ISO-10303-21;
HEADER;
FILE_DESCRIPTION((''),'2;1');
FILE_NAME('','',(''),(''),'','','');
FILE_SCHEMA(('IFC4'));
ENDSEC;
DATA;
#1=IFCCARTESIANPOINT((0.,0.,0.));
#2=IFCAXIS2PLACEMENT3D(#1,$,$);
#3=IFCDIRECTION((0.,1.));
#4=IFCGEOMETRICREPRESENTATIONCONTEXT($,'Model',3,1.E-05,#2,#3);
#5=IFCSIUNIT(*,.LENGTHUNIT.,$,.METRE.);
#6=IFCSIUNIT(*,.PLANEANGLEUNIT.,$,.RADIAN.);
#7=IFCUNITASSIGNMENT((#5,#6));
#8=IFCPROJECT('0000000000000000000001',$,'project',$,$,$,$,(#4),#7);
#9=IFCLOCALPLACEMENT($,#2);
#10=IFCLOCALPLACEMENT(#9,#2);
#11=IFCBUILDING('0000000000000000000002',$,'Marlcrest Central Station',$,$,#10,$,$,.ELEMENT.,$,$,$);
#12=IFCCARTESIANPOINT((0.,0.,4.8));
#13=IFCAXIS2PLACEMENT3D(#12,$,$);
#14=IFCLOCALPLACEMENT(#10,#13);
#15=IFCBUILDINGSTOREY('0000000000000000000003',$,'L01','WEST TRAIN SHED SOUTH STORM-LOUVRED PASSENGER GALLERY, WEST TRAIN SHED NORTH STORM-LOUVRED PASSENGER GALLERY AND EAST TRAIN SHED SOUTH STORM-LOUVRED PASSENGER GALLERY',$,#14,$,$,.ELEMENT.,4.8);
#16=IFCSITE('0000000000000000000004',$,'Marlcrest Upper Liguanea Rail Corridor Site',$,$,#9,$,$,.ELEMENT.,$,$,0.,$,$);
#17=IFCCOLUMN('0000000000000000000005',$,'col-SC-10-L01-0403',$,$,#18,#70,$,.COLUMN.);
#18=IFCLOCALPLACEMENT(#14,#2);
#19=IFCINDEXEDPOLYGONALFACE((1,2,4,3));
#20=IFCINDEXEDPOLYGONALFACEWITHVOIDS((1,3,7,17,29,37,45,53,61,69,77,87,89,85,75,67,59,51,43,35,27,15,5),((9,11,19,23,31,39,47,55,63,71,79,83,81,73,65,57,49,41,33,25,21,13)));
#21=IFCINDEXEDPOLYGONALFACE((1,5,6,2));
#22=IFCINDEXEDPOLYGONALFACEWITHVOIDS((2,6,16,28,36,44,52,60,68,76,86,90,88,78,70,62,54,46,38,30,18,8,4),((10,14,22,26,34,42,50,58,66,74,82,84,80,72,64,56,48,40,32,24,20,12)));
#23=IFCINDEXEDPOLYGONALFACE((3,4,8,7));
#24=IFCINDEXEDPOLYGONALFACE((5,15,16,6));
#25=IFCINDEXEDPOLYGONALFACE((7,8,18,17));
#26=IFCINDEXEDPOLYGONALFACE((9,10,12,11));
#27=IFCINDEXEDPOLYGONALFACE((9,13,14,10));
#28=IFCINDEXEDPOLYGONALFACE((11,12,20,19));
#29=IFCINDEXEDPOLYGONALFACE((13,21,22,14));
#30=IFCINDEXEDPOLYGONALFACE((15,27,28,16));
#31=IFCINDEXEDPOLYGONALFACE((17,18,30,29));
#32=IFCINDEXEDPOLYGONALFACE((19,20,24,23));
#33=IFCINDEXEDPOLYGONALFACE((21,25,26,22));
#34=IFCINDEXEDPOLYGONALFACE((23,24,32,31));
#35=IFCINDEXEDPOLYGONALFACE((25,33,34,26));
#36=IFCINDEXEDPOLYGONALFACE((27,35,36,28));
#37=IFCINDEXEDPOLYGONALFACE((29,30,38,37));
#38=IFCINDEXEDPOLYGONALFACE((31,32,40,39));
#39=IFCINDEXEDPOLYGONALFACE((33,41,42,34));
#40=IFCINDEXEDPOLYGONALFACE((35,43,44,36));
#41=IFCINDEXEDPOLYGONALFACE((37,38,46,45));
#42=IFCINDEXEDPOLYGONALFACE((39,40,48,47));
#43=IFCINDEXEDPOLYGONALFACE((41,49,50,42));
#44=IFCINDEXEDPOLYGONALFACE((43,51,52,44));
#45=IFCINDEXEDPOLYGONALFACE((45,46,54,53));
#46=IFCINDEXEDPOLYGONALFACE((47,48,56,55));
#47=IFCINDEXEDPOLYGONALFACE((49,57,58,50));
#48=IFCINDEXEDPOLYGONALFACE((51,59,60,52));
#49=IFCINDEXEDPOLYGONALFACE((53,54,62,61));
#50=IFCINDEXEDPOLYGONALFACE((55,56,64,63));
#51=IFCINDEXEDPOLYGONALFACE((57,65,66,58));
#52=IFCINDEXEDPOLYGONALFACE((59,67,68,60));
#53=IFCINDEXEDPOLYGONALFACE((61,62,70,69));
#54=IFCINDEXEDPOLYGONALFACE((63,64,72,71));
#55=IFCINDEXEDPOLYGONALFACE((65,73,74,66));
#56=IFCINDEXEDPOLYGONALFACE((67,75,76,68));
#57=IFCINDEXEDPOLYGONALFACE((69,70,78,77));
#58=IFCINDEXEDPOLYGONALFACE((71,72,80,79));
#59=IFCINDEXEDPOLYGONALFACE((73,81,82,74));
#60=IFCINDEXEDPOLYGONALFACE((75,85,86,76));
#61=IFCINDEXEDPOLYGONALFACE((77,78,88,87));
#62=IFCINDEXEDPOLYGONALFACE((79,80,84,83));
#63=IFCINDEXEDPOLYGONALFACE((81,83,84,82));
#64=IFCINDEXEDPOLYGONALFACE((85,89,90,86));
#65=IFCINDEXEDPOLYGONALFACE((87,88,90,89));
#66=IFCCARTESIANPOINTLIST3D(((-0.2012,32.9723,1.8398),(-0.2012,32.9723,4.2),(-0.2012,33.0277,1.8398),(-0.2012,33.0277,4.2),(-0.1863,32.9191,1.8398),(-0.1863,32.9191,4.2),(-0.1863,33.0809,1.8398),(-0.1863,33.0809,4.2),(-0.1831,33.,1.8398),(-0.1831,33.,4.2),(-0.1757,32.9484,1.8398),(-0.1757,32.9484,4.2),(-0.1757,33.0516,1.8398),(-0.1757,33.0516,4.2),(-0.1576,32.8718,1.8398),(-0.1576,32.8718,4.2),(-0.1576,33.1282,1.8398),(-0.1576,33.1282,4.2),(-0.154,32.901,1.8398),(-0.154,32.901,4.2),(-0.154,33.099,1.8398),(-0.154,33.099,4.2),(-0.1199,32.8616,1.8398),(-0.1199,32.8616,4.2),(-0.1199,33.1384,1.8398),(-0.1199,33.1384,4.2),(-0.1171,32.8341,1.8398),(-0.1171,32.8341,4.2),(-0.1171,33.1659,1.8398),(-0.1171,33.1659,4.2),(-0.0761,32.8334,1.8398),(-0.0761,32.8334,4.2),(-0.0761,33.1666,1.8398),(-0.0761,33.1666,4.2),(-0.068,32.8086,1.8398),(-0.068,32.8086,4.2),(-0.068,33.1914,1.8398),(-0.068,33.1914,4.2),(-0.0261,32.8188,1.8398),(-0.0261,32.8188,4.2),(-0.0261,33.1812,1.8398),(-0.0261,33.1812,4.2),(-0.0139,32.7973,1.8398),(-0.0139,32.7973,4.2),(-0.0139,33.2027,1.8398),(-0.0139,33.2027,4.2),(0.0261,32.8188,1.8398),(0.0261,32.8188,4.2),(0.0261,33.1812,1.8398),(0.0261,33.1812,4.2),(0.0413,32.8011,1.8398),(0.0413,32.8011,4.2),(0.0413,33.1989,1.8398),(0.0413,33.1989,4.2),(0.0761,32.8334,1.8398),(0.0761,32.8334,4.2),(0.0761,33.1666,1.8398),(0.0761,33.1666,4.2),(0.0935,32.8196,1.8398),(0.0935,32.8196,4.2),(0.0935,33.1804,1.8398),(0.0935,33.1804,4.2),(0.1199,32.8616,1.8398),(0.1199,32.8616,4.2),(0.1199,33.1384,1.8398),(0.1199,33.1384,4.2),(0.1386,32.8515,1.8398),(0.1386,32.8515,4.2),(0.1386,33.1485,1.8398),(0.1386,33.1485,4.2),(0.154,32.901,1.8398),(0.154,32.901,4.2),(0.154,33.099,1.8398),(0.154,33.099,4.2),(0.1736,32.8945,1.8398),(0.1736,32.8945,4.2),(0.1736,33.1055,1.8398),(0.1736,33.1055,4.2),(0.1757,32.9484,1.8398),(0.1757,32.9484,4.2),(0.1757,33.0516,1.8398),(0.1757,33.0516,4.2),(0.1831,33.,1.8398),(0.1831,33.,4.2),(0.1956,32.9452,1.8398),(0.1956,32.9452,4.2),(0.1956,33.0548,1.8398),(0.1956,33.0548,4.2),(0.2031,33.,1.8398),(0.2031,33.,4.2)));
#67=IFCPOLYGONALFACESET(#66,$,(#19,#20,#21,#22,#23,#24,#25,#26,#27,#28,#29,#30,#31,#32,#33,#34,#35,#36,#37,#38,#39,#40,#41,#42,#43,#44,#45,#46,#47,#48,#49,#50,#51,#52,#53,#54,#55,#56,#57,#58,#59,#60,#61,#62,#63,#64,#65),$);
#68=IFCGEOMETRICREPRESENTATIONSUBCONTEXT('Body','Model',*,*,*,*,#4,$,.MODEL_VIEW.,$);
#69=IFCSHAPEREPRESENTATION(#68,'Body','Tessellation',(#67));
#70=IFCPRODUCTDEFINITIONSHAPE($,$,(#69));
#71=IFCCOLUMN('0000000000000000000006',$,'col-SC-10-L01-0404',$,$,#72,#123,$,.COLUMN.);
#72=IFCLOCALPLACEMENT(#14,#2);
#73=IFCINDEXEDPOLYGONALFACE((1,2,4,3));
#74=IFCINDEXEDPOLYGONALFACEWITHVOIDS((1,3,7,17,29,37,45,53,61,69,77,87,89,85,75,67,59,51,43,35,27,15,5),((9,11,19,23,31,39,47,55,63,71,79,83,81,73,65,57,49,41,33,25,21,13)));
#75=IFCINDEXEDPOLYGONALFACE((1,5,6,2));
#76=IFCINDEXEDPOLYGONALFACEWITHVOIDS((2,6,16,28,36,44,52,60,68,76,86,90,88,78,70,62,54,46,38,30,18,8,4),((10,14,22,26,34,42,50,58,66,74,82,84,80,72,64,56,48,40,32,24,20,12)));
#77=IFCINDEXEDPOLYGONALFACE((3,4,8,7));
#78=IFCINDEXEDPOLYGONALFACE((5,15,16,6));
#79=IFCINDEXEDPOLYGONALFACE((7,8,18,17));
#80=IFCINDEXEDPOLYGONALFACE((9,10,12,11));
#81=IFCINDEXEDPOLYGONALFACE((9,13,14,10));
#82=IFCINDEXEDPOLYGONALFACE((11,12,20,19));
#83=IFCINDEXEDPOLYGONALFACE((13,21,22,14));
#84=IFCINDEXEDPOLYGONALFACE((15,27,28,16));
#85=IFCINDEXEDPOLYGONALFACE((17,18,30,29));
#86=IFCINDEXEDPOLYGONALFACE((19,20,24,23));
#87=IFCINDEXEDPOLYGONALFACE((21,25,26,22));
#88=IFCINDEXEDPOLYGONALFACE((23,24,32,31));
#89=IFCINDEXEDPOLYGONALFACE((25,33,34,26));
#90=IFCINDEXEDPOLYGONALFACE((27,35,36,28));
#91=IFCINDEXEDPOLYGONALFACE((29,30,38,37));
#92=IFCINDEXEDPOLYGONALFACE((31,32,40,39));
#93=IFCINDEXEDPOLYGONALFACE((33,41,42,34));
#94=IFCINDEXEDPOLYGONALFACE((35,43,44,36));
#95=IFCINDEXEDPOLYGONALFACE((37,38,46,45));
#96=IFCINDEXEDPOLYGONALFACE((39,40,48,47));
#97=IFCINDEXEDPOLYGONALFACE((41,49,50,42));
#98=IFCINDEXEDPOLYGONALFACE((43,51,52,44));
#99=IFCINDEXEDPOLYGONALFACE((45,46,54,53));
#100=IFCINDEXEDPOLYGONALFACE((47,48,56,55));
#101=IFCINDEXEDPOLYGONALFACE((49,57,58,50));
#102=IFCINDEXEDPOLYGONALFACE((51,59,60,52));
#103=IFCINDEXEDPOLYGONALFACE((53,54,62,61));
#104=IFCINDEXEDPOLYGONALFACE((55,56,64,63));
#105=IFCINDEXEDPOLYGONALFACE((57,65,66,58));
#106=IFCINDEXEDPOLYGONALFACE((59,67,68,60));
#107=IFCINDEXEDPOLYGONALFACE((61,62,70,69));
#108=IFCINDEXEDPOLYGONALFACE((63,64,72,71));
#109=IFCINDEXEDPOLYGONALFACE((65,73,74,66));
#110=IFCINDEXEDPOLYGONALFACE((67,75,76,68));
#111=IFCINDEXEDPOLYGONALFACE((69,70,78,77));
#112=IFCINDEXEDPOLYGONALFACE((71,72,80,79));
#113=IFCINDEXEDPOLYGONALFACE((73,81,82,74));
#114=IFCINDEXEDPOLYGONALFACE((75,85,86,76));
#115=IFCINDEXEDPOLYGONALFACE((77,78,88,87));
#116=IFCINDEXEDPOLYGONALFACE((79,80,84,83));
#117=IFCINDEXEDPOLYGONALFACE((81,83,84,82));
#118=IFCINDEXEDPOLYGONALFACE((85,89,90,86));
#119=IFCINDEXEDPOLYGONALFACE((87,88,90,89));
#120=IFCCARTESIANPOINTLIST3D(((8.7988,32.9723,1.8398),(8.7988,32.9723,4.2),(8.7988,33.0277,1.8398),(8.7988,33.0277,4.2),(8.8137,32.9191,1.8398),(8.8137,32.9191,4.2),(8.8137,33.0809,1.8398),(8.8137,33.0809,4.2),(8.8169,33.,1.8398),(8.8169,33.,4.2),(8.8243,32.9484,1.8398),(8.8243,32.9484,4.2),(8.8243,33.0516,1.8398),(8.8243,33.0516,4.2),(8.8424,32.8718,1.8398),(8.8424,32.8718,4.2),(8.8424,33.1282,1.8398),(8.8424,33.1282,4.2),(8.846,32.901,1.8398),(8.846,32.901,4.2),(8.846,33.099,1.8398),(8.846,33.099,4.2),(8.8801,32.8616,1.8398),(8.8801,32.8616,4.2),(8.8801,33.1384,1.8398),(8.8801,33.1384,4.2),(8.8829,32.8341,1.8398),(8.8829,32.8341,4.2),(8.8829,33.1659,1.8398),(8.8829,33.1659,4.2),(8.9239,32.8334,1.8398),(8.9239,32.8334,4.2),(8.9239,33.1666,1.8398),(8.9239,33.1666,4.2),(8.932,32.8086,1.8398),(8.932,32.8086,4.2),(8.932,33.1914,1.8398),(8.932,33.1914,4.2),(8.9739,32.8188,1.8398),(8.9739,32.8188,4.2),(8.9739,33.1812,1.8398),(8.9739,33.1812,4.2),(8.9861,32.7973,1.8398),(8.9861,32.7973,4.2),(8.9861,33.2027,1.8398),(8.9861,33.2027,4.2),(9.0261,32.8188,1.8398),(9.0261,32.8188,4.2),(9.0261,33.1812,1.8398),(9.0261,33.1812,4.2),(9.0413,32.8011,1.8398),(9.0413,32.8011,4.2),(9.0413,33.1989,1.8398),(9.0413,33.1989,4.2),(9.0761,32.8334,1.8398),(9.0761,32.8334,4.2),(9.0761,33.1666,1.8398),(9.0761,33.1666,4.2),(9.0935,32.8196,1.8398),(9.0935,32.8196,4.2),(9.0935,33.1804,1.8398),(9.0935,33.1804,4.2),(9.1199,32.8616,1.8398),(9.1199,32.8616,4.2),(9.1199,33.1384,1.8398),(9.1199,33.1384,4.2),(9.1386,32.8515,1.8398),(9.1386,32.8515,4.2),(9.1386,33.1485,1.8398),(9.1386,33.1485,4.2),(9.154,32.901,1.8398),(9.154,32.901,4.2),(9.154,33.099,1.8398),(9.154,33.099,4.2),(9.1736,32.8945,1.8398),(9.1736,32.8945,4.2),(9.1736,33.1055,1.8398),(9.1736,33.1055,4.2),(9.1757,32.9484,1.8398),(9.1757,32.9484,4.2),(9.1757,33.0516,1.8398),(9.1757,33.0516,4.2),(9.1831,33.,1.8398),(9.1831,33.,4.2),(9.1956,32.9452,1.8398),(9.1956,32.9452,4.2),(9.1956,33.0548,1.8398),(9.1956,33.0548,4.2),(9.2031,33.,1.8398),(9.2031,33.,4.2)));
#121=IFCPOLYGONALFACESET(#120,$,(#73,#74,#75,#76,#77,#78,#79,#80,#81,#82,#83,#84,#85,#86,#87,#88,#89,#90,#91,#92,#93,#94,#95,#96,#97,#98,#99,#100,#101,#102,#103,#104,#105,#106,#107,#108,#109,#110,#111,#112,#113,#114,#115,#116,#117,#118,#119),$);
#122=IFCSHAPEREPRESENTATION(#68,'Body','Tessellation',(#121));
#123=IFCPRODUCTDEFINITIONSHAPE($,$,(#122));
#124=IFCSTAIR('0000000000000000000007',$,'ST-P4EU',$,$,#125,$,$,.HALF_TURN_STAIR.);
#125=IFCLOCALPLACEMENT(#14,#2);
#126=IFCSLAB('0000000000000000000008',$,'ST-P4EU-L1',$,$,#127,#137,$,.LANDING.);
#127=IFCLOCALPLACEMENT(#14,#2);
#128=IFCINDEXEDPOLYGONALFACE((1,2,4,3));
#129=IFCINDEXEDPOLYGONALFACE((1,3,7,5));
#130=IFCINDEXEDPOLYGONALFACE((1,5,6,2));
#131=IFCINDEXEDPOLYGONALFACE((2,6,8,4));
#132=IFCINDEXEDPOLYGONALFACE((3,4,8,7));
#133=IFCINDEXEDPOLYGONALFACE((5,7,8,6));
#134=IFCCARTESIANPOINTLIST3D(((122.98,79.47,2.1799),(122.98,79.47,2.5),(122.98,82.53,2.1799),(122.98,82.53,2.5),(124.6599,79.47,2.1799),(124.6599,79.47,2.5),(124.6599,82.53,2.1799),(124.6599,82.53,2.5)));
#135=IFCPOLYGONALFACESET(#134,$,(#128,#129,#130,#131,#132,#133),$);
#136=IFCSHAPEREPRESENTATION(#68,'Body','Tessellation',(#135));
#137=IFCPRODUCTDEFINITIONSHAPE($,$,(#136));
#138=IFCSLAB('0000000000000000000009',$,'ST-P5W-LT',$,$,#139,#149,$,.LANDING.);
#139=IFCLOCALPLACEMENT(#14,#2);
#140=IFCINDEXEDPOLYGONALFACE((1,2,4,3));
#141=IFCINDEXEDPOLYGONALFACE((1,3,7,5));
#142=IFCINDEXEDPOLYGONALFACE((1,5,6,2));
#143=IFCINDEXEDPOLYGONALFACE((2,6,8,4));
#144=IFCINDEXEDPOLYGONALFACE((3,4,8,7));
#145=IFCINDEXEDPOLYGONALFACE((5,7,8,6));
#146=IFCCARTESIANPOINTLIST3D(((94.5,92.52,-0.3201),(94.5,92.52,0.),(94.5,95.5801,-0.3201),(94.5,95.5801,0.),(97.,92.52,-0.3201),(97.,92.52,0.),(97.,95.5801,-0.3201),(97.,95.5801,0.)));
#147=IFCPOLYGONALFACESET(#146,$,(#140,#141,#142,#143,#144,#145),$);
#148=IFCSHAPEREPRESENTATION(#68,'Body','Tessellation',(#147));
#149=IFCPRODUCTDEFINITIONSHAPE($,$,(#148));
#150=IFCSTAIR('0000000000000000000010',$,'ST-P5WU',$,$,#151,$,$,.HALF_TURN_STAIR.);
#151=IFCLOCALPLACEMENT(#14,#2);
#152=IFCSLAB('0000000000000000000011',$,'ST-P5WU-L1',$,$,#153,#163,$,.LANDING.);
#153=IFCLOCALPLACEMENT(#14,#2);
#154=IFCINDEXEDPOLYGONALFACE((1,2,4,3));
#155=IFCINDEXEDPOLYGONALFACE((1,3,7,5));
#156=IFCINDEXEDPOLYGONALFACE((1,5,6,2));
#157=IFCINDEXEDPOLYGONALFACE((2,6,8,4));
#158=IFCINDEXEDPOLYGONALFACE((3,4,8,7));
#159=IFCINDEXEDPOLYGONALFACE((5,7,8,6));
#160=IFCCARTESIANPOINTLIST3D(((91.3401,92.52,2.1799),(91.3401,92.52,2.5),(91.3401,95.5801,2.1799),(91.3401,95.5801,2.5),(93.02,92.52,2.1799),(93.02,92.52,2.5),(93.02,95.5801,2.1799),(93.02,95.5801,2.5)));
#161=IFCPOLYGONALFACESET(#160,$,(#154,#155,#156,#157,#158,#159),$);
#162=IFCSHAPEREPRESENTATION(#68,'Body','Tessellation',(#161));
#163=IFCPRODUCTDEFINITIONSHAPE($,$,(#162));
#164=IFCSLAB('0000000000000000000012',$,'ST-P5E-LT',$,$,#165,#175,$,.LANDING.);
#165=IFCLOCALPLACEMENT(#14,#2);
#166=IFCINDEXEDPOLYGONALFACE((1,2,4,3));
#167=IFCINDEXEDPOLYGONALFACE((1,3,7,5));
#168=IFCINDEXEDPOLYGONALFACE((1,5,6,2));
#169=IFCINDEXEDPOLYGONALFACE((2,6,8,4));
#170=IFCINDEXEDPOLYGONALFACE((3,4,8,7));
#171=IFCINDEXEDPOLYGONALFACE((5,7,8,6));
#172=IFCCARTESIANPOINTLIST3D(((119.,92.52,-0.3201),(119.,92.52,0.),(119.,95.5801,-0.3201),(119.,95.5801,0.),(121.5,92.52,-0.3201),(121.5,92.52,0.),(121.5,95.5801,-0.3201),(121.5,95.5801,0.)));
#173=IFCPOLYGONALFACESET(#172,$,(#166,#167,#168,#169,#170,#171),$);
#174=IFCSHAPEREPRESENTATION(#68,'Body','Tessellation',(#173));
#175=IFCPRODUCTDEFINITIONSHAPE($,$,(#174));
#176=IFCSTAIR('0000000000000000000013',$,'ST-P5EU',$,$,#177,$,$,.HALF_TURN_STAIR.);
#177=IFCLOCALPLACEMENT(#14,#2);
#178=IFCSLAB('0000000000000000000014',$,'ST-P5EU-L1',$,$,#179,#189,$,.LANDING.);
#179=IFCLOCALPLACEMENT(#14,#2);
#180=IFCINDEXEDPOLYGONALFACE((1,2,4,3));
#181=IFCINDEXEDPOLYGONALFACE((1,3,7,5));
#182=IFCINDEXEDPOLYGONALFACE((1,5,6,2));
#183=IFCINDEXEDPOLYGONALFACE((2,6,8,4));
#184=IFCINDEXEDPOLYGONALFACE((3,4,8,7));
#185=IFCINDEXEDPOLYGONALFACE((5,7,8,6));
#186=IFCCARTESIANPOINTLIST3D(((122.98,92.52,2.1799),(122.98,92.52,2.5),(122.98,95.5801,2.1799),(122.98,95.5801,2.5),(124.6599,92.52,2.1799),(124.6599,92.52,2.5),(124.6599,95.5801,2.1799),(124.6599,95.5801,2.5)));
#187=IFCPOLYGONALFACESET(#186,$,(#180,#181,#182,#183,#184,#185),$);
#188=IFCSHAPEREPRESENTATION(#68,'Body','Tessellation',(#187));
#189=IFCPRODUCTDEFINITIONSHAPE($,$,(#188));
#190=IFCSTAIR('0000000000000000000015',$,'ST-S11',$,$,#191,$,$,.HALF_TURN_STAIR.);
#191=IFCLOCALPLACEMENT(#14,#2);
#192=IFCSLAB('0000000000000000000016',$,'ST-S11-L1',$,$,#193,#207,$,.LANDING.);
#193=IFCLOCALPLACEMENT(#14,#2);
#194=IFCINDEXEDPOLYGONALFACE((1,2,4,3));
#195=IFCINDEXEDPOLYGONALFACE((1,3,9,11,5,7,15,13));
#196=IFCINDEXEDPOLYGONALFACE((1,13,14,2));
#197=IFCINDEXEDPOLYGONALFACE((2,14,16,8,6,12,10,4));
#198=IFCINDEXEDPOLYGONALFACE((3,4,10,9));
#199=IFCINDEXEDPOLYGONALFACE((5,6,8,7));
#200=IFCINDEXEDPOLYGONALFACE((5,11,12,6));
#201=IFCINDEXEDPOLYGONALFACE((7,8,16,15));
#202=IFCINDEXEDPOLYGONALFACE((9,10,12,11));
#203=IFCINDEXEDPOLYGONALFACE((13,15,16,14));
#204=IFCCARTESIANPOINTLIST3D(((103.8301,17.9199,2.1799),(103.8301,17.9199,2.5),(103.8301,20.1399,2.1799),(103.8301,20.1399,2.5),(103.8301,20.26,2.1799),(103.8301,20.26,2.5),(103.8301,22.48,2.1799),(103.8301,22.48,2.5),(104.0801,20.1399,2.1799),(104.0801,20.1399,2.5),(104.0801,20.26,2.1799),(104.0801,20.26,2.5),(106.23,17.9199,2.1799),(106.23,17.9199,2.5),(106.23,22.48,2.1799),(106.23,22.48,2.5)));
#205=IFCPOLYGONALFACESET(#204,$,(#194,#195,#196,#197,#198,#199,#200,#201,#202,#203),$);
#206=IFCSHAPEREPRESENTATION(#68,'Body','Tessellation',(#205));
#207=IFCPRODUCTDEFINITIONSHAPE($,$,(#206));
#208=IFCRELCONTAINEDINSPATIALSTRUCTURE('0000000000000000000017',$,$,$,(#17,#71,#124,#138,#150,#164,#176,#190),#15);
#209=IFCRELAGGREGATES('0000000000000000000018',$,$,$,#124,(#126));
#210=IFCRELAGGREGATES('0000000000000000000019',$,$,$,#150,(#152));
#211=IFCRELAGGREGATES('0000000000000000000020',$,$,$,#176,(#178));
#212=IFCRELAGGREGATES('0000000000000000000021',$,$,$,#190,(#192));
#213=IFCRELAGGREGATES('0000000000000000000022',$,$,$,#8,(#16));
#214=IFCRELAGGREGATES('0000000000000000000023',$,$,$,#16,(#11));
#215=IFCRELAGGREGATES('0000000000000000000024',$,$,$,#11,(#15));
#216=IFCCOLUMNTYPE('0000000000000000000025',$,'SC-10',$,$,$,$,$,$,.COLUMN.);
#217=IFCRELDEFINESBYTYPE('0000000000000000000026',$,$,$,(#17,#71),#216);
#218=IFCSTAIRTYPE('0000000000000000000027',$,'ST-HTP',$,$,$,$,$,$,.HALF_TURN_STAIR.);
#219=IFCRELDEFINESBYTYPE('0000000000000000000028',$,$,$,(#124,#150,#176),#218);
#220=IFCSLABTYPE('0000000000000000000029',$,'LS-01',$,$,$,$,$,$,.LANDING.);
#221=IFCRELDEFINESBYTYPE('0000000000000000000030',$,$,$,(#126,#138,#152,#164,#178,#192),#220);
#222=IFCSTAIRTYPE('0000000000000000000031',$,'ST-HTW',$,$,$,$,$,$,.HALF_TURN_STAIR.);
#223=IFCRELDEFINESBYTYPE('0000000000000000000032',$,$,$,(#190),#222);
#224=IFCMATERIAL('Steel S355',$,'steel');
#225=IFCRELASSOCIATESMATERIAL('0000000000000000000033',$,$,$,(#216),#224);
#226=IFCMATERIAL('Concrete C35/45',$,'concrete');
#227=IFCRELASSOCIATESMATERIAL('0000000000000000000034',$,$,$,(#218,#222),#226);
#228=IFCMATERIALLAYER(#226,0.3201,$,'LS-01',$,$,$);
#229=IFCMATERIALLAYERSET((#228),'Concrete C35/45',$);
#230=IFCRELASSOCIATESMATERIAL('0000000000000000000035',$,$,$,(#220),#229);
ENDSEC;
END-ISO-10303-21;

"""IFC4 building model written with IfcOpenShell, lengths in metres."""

from ifc_helpers import new_model, si_unit, direction, frame, origin, origin_2d, place, context, subcontext, project, spatial, polyline, hollow_circle, outline, extrude, material, layer, layer_set, material_profile, profile_set, type_object, element, aggregate, save


model = new_model("IFC4")

# Units and contexts
model_context = context("Model", 3, precision=1e-05, world=origin(), true_north=direction((0.0, 1.0)))
body_context = subcontext(model_context, "Body", "Model", "MODEL_VIEW")
ifc_project = project(units=[si_unit("LENGTHUNIT", "METRE"), si_unit("PLANEANGLEUNIT", "RADIAN")], contexts=[model_context])

# Site, building, storey
site_placement = place(None, origin())
site = spatial("IfcSite", under=ifc_project, at=site_placement, Name="Marlcrest Upper Liguanea Rail Corridor Site", CompositionType="ELEMENT", RefElevation=0.0)
building_placement = place(site_placement, origin())
building = spatial("IfcBuilding", under=site, at=building_placement, Name="Marlcrest Central Station", CompositionType="ELEMENT")
storey_placement = place(building_placement, frame((0.0, 0.0, 4.8)))
storey = spatial("IfcBuildingStorey", under=building, at=storey_placement, Name="L01", Description="WEST TRAIN SHED SOUTH STORM-LOUVRED PASSENGER GALLERY, WEST TRAIN SHED NORTH STORM-LOUVRED PASSENGER GALLERY AND EAST TRAIN SHED SOUTH STORM-LOUVRED PASSENGER GALLERY", CompositionType="ELEMENT", Elevation=4.8)

# Columns
ifc_material_1 = material(Name="Steel S355", Category="steel")
ifc_material_profile = material_profile(ifc_material_1, hollow_circle(Radius=0.2031, WallThickness=0.02, at=origin_2d()), Name="CHS 406.4x20")
ifc_profile_set = profile_set([ifc_material_profile], Name="Steel S355")
column_type = type_object("IfcColumnType", Name="SC-10", PredefinedType="COLUMN", material=ifc_profile_set)
for number, where, z_axis, x_axis, name in (
    (1, (0.0, 33.0, 1.8398), (0.0, 0.0, 1.0), (1.0, 0.0, 0.0), "col-SC-10-L01-0403"),
    (2, (9.0, 33.0, 1.8398), (0.0, 0.0, 1.0), (1.0, 0.0, 0.0), "col-SC-10-L01-0404"),
):
    element("IfcColumn", number, at=place(storey_placement, frame(where, z_axis=z_axis, x_axis=x_axis)), inside=storey, type_object=column_type, Name=name, PredefinedType="COLUMN", context=body_context, shape_type="SweptSolid", body=[
        extrude(hollow_circle(Radius=0.2031, WallThickness=0.02, at=origin_2d()), origin(), (0.0, 0.0, 1.0), 2.3601),
    ])

# Stair, slab
ifc_material_2 = material(Name="Concrete C35/45", Category="concrete")
stair_type_1 = type_object("IfcStairType", Name="ST-HTP", PredefinedType="HALF_TURN_STAIR", material=ifc_material_2)
stair_1_placement = place(storey_placement, origin())
stair_1 = element("IfcStair", 3, at=stair_1_placement, inside=storey, type_object=stair_type_1, Name="ST-P4EU", PredefinedType="HALF_TURN_STAIR")
ifc_layer_1 = layer(ifc_material_2, 0.3201, Name="LS-01")
ifc_layer_set_1 = layer_set([ifc_layer_1], Name="Concrete C35/45")
slab_type_1 = type_object("IfcSlabType", Name="LS-01", PredefinedType="LANDING", material=ifc_layer_set_1)
slab_1_placement = place(storey_placement, frame((0.0, 0.0, 2.1799)))
slab_1 = element("IfcSlab", 4, at=slab_1_placement, type_object=slab_type_1, Name="ST-P4EU-L1", PredefinedType="LANDING", context=body_context, shape_type="SweptSolid", body=[
    extrude(outline(polyline([(122.98, 79.47), (124.6599, 79.47), (124.6599, 82.53), (122.98, 82.53), (122.98, 79.47)])), origin(), (0.0, 0.0, 1.0), 0.3201),
])
aggregate(stair_1, [slab_1])

# Slab
slab_2_placement = place(storey_placement, frame((0.0, 0.0, -0.3201)))
element("IfcSlab", 5, at=slab_2_placement, inside=storey, type_object=slab_type_1, Name="ST-P5W-LT", PredefinedType="LANDING", context=body_context, shape_type="SweptSolid", body=[
    extrude(outline(polyline([(94.5, 92.52), (97.0, 92.52), (97.0, 95.5801), (94.5, 95.5801), (94.5, 92.52)])), origin(), (0.0, 0.0, 1.0), 0.3201),
])

# Stair, slab
stair_2_placement = place(storey_placement, origin())
stair_2 = element("IfcStair", 6, at=stair_2_placement, inside=storey, type_object=stair_type_1, Name="ST-P5WU", PredefinedType="HALF_TURN_STAIR")
slab_3_placement = place(storey_placement, frame((0.0, 0.0, 2.1799)))
slab_3 = element("IfcSlab", 7, at=slab_3_placement, type_object=slab_type_1, Name="ST-P5WU-L1", PredefinedType="LANDING", context=body_context, shape_type="SweptSolid", body=[
    extrude(outline(polyline([(91.3401, 92.52), (93.02, 92.52), (93.02, 95.5801), (91.3401, 95.5801), (91.3401, 92.52)])), origin(), (0.0, 0.0, 1.0), 0.3201),
])
aggregate(stair_2, [slab_3])

# Slab
slab_4_placement = place(storey_placement, frame((0.0, 0.0, -0.3201)))
element("IfcSlab", 8, at=slab_4_placement, inside=storey, type_object=slab_type_1, Name="ST-P5E-LT", PredefinedType="LANDING", context=body_context, shape_type="SweptSolid", body=[
    extrude(outline(polyline([(119.0, 92.52), (121.5, 92.52), (121.5, 95.5801), (119.0, 95.5801), (119.0, 92.52)])), origin(), (0.0, 0.0, 1.0), 0.3201),
])

# Stairs, slabs
stair_3_placement = place(storey_placement, origin())
stair_3 = element("IfcStair", 9, at=stair_3_placement, inside=storey, type_object=stair_type_1, Name="ST-P5EU", PredefinedType="HALF_TURN_STAIR")
slab_5_placement = place(storey_placement, frame((0.0, 0.0, 2.1799)))
slab_5 = element("IfcSlab", 10, at=slab_5_placement, type_object=slab_type_1, Name="ST-P5EU-L1", PredefinedType="LANDING", context=body_context, shape_type="SweptSolid", body=[
    extrude(outline(polyline([(122.98, 92.52), (124.6599, 92.52), (124.6599, 95.5801), (122.98, 95.5801), (122.98, 92.52)])), origin(), (0.0, 0.0, 1.0), 0.3201),
])
aggregate(stair_3, [slab_5])
stair_type_2 = type_object("IfcStairType", Name="ST-HTW", PredefinedType="HALF_TURN_STAIR", material=ifc_material_2)
stair_4_placement = place(storey_placement, origin())
stair_4 = element("IfcStair", 11, at=stair_4_placement, inside=storey, type_object=stair_type_2, Name="ST-S11", PredefinedType="HALF_TURN_STAIR")
slab_6_placement = place(storey_placement, frame((0.0, 0.0, 2.1799)))
slab_6 = element("IfcSlab", 12, at=slab_6_placement, type_object=slab_type_1, Name="ST-S11-L1", PredefinedType="LANDING", context=body_context, shape_type="SweptSolid", body=[
    extrude(outline(polyline([(103.8301, 17.9199), (106.23, 17.9199), (106.23, 22.48), (103.8301, 22.48), (103.8301, 20.26), (104.0801, 20.26), (104.0801, 20.1399), (103.8301, 20.1399), (103.8301, 17.9199)])), origin(), (0.0, 0.0, 1.0), 0.3201),
])
aggregate(stair_4, [slab_6])

save(model, "model.ifc")
